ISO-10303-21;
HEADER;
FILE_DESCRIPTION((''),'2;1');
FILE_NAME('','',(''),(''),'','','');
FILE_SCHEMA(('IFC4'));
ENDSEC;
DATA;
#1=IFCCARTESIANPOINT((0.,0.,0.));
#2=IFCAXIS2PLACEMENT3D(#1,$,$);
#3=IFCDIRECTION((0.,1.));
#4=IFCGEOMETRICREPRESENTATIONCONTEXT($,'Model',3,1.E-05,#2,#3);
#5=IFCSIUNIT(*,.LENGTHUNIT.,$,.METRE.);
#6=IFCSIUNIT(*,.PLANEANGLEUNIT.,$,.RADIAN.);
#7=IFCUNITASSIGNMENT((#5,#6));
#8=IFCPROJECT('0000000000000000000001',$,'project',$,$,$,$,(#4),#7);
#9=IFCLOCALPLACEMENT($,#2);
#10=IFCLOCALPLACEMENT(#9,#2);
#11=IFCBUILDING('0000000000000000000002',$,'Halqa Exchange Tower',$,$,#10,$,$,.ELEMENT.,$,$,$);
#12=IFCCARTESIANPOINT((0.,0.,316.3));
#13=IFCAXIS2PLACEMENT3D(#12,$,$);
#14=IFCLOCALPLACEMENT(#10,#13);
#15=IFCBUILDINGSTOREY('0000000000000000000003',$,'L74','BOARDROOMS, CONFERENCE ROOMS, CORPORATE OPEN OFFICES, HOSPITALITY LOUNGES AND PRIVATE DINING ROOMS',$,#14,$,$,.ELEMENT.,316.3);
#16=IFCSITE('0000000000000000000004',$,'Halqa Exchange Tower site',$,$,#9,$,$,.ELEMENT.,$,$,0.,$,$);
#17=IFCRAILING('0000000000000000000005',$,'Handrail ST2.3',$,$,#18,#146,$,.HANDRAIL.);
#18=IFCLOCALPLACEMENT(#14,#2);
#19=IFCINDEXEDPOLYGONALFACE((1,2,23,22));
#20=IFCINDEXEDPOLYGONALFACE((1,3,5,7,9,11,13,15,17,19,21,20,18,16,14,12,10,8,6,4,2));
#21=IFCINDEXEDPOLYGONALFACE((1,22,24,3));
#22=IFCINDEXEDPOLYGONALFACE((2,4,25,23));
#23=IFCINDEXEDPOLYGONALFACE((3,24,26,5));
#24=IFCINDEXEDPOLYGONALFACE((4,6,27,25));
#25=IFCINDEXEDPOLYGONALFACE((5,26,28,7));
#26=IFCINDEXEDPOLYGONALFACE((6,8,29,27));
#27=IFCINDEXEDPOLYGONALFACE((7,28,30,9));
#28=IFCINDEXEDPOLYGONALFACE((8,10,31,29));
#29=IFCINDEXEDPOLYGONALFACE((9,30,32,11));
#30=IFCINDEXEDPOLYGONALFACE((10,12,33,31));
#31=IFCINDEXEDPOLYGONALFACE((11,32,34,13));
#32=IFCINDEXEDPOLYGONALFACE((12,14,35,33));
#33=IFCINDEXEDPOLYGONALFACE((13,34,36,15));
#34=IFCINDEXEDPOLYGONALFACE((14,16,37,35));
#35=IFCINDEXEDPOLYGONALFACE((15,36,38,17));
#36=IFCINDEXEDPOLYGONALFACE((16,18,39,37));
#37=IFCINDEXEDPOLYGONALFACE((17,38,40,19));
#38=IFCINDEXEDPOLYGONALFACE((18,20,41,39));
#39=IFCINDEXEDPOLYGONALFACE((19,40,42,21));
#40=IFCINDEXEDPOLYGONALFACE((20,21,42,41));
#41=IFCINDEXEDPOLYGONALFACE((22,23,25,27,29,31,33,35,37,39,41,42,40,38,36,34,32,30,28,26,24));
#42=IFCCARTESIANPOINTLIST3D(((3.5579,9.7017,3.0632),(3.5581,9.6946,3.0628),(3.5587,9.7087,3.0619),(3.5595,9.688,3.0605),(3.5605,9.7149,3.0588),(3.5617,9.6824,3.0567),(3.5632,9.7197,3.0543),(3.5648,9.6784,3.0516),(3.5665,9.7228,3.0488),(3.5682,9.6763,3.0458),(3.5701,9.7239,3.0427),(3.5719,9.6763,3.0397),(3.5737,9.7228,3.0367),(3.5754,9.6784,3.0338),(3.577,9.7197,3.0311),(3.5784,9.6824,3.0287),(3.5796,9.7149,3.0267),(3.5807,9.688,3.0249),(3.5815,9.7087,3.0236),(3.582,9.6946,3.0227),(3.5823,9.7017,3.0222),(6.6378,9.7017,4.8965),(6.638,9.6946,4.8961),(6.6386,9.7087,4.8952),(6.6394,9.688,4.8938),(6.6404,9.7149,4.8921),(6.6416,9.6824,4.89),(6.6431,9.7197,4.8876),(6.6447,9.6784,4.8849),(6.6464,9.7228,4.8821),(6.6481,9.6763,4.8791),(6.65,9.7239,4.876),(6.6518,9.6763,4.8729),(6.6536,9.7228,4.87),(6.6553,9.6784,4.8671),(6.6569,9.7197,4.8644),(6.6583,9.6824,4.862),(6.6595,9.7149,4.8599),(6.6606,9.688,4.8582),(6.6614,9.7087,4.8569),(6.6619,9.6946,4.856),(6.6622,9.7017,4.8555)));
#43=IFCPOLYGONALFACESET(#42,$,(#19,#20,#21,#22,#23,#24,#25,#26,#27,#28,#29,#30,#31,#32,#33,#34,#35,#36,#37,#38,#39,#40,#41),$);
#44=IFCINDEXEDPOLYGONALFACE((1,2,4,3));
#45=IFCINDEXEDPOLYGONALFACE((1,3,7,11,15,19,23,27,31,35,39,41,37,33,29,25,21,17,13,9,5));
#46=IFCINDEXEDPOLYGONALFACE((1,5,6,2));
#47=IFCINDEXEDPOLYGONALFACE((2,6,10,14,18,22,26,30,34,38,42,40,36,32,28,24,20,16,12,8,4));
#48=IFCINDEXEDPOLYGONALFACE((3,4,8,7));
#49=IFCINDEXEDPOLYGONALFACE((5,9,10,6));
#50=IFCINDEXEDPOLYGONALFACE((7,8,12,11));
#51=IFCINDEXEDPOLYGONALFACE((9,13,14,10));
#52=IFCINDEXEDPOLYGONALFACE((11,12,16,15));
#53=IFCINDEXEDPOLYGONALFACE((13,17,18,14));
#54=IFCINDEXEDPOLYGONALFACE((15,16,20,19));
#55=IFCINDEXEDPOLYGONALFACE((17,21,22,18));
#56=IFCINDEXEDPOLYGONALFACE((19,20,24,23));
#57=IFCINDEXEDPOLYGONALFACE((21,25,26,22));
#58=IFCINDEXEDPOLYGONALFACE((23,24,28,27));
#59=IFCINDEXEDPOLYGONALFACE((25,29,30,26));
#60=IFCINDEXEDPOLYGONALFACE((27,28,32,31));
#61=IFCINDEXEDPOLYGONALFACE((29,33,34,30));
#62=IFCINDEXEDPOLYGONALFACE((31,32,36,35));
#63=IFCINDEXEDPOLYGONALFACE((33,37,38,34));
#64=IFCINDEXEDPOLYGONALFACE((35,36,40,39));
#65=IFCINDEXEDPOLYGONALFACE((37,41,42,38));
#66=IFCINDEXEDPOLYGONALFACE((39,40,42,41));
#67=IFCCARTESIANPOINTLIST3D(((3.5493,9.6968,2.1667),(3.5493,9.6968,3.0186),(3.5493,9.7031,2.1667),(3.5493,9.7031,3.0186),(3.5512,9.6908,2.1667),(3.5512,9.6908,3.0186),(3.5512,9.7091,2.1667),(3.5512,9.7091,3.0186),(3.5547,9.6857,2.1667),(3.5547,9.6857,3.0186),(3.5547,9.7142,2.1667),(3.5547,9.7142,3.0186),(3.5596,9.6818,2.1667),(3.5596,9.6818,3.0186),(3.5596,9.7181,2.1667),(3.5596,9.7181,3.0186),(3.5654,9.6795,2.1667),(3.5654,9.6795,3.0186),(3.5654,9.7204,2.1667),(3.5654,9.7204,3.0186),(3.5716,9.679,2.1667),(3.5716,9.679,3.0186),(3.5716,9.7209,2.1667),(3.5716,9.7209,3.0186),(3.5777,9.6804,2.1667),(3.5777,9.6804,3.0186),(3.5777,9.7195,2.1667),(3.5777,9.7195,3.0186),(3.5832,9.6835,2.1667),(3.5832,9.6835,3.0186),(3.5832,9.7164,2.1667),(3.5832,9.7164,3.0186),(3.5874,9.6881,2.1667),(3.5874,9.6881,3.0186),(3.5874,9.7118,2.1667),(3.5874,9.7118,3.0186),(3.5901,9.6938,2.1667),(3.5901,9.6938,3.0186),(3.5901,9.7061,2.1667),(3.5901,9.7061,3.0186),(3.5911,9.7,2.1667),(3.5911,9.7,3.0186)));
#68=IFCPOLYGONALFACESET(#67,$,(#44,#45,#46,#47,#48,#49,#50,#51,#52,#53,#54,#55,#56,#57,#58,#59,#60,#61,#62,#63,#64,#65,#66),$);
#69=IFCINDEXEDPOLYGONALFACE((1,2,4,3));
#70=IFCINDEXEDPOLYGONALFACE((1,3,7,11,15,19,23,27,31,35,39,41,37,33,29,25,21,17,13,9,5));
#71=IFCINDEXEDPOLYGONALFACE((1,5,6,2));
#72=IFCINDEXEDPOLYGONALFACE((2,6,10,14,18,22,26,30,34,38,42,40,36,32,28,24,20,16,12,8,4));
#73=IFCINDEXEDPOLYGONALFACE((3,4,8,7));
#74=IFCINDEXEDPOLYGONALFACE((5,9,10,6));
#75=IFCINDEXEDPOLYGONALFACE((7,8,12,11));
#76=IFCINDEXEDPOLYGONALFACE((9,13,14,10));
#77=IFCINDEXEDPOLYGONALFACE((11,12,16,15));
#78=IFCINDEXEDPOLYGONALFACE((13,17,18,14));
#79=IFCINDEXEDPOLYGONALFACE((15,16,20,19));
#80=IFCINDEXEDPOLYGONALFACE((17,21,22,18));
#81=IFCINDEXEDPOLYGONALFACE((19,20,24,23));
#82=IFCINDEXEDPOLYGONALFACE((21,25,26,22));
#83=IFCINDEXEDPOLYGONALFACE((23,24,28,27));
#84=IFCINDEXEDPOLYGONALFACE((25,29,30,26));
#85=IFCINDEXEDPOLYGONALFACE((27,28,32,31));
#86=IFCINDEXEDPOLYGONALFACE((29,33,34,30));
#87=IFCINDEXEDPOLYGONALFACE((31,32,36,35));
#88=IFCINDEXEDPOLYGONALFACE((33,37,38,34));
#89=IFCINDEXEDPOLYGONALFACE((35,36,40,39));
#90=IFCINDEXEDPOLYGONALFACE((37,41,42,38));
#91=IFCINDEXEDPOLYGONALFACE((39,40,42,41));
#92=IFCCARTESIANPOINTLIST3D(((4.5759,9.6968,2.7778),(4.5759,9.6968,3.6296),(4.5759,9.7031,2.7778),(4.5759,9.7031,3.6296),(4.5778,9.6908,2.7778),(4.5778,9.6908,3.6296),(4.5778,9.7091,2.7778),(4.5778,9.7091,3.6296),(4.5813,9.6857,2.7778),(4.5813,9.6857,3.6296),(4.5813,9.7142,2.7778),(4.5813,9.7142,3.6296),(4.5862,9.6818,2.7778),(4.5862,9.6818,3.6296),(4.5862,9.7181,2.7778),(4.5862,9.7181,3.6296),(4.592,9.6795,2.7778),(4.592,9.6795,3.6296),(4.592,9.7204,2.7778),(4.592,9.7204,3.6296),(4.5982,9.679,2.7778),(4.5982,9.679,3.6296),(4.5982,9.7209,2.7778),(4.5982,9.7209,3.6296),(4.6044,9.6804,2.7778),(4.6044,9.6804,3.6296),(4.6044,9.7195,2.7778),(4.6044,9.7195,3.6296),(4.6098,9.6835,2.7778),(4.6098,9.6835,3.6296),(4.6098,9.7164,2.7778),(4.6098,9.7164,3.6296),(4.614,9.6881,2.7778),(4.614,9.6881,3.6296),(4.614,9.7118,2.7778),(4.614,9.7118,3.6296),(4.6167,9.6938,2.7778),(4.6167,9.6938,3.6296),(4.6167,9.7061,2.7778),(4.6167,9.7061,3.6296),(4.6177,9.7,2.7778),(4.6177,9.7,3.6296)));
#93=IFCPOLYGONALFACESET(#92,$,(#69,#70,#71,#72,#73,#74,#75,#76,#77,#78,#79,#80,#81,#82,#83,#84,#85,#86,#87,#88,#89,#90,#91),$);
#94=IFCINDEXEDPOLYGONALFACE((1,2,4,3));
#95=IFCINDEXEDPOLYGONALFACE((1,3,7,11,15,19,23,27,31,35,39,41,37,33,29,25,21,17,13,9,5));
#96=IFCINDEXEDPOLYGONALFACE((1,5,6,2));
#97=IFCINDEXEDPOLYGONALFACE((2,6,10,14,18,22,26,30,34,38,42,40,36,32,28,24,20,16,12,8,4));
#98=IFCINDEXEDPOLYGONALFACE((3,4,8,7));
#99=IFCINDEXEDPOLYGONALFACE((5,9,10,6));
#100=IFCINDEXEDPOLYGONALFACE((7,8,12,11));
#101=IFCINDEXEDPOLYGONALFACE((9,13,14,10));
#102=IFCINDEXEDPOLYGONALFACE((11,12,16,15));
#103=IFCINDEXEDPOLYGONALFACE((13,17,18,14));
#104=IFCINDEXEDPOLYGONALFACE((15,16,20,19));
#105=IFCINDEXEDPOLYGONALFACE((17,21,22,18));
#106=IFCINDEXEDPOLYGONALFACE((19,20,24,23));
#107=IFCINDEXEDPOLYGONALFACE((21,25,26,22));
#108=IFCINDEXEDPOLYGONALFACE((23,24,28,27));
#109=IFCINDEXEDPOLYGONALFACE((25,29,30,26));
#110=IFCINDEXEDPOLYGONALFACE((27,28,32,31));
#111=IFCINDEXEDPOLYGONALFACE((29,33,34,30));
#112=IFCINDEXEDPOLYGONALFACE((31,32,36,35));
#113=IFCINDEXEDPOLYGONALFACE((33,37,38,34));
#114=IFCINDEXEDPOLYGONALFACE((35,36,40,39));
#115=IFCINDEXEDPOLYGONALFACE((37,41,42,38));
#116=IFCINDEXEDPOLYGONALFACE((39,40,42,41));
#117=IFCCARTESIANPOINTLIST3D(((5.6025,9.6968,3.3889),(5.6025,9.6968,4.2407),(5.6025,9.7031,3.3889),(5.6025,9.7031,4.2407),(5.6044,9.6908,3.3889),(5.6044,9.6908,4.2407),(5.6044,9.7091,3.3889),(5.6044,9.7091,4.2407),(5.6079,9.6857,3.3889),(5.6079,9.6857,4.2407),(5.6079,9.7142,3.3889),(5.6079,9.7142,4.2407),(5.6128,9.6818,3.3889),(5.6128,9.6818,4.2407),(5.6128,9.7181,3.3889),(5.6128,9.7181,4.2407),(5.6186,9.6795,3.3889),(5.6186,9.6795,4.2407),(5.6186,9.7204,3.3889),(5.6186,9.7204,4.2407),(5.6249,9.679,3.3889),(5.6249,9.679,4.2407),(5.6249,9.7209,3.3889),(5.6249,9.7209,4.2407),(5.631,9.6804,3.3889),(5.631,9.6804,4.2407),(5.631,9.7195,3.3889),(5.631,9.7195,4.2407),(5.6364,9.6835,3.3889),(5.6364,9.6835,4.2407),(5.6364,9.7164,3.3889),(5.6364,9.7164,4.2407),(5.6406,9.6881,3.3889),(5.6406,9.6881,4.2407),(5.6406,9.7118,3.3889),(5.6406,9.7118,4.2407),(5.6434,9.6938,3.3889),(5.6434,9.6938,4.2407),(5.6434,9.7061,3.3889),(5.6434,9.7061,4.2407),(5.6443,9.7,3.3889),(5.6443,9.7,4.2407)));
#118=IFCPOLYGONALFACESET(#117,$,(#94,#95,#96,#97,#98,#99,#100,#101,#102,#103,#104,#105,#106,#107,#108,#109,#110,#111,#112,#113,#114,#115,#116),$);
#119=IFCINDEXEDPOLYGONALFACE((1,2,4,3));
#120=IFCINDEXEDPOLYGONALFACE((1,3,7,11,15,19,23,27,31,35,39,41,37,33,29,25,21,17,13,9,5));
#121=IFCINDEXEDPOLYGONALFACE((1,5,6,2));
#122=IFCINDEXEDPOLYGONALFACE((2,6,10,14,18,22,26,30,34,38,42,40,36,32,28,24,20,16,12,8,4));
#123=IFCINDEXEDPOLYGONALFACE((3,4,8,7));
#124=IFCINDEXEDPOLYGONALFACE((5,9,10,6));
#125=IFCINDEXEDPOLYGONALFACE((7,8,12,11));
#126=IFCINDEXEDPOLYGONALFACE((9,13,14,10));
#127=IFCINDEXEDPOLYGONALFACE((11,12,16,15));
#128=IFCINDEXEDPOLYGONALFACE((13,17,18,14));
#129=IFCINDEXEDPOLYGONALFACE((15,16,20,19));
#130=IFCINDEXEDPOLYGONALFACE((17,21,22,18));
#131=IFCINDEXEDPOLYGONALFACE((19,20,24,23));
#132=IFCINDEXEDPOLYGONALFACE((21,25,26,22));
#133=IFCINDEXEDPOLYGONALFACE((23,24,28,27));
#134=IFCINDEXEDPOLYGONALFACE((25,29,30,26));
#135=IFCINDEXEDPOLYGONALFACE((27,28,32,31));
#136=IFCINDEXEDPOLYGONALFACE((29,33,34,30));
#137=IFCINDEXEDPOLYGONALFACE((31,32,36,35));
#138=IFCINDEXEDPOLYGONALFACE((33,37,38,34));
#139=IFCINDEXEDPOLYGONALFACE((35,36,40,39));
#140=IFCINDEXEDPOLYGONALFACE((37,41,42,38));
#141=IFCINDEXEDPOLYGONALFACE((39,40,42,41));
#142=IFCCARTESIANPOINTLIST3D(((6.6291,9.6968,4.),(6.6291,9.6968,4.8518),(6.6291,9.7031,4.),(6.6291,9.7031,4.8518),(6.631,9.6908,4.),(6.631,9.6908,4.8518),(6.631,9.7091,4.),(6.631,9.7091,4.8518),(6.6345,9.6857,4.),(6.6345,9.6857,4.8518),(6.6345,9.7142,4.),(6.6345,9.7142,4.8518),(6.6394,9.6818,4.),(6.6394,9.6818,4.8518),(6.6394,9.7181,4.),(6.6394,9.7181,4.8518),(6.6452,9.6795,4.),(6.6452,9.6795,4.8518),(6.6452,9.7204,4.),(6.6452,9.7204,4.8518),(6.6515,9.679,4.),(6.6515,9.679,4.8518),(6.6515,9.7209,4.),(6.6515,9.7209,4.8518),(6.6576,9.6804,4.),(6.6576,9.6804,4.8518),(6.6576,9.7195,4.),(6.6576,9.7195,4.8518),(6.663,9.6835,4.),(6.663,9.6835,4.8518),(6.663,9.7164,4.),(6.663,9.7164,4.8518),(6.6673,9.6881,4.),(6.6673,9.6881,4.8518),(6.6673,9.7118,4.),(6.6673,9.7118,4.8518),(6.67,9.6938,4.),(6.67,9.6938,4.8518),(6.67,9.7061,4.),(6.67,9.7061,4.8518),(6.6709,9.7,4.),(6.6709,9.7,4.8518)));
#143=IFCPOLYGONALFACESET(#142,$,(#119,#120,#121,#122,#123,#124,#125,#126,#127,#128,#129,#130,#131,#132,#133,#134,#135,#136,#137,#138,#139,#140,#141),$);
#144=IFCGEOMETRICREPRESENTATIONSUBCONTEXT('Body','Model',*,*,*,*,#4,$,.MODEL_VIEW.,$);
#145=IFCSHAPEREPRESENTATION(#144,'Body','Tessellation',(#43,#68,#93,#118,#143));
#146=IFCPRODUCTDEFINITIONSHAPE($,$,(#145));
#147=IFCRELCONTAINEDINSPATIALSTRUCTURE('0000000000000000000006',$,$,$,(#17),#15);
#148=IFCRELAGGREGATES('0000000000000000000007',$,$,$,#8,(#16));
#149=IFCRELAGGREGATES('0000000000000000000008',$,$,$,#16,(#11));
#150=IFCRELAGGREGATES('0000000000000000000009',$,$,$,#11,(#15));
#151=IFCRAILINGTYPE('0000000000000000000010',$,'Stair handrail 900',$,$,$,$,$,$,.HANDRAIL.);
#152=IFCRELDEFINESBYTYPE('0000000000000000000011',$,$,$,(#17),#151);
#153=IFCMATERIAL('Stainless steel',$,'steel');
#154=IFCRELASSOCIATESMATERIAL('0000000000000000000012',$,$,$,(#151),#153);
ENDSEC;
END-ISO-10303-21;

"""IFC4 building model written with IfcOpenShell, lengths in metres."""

from ifc_helpers import new_model, si_unit, direction, frame, origin, origin_2d, place, context, subcontext, project, spatial, circle, extrude, material, type_object, element, save


model = new_model("IFC4")

# Units and contexts
model_context = context("Model", 3, precision=1e-05, world=origin(), true_north=direction((0.0, 1.0)))
body_context = subcontext(model_context, "Body", "Model", "MODEL_VIEW")
ifc_project = project(units=[si_unit("LENGTHUNIT", "METRE"), si_unit("PLANEANGLEUNIT", "RADIAN")], contexts=[model_context])

# Site, building, storey
site_placement = place(None, origin())
site = spatial("IfcSite", under=ifc_project, at=site_placement, Name="Halqa Exchange Tower site", CompositionType="ELEMENT", RefElevation=0.0)
building_placement = place(site_placement, origin())
building = spatial("IfcBuilding", under=site, at=building_placement, Name="Halqa Exchange Tower", CompositionType="ELEMENT")
storey_placement = place(building_placement, frame((0.0, 0.0, 316.3)))
storey = spatial("IfcBuildingStorey", under=building, at=storey_placement, Name="L74", Description="BOARDROOMS, CONFERENCE ROOMS, CORPORATE OPEN OFFICES, HOSPITALITY LOUNGES AND PRIVATE DINING ROOMS", CompositionType="ELEMENT", Elevation=316.3)

# Railing
ifc_material_1 = material(Name="Stainless steel", Category="steel")
railing_type_1 = type_object("IfcRailingType", Name="Stair handrail 900", PredefinedType="HANDRAIL", material=ifc_material_1)
railing_1_placement = place(storey_placement, frame((3.5701, 9.7, 2.1667)))
element("IfcRailing", 1, at=railing_1_placement, inside=storey, type_object=railing_type_1, Name="Handrail ST2.3", PredefinedType="HANDRAIL", context=body_context, shape_type="SweptSolid", body=[
    extrude(circle(Radius=0.0239, at=origin_2d()), frame((0.0, 0.0, 0.876), z_axis=(0.859291, 0.0, 0.511487), x_axis=(0.0, 1.0, 0.0)), (0.0, 0.0, 1.0), 3.5842),
    extrude(circle(Radius=0.021, at=origin_2d()), origin(), (0.0, 0.0, 1.0), 0.8518),
    extrude(circle(Radius=0.021, at=origin_2d()), frame((1.0266, 0.0, 0.6111)), (0.0, 0.0, 1.0), 0.8518),
    extrude(circle(Radius=0.021, at=origin_2d()), frame((2.0532, 0.0, 1.2222)), (0.0, 0.0, 1.0), 0.8518),
    extrude(circle(Radius=0.021, at=origin_2d()), frame((3.0798, 0.0, 1.8333)), (0.0, 0.0, 1.0), 0.8518),
])

save(model, "model.ifc")
